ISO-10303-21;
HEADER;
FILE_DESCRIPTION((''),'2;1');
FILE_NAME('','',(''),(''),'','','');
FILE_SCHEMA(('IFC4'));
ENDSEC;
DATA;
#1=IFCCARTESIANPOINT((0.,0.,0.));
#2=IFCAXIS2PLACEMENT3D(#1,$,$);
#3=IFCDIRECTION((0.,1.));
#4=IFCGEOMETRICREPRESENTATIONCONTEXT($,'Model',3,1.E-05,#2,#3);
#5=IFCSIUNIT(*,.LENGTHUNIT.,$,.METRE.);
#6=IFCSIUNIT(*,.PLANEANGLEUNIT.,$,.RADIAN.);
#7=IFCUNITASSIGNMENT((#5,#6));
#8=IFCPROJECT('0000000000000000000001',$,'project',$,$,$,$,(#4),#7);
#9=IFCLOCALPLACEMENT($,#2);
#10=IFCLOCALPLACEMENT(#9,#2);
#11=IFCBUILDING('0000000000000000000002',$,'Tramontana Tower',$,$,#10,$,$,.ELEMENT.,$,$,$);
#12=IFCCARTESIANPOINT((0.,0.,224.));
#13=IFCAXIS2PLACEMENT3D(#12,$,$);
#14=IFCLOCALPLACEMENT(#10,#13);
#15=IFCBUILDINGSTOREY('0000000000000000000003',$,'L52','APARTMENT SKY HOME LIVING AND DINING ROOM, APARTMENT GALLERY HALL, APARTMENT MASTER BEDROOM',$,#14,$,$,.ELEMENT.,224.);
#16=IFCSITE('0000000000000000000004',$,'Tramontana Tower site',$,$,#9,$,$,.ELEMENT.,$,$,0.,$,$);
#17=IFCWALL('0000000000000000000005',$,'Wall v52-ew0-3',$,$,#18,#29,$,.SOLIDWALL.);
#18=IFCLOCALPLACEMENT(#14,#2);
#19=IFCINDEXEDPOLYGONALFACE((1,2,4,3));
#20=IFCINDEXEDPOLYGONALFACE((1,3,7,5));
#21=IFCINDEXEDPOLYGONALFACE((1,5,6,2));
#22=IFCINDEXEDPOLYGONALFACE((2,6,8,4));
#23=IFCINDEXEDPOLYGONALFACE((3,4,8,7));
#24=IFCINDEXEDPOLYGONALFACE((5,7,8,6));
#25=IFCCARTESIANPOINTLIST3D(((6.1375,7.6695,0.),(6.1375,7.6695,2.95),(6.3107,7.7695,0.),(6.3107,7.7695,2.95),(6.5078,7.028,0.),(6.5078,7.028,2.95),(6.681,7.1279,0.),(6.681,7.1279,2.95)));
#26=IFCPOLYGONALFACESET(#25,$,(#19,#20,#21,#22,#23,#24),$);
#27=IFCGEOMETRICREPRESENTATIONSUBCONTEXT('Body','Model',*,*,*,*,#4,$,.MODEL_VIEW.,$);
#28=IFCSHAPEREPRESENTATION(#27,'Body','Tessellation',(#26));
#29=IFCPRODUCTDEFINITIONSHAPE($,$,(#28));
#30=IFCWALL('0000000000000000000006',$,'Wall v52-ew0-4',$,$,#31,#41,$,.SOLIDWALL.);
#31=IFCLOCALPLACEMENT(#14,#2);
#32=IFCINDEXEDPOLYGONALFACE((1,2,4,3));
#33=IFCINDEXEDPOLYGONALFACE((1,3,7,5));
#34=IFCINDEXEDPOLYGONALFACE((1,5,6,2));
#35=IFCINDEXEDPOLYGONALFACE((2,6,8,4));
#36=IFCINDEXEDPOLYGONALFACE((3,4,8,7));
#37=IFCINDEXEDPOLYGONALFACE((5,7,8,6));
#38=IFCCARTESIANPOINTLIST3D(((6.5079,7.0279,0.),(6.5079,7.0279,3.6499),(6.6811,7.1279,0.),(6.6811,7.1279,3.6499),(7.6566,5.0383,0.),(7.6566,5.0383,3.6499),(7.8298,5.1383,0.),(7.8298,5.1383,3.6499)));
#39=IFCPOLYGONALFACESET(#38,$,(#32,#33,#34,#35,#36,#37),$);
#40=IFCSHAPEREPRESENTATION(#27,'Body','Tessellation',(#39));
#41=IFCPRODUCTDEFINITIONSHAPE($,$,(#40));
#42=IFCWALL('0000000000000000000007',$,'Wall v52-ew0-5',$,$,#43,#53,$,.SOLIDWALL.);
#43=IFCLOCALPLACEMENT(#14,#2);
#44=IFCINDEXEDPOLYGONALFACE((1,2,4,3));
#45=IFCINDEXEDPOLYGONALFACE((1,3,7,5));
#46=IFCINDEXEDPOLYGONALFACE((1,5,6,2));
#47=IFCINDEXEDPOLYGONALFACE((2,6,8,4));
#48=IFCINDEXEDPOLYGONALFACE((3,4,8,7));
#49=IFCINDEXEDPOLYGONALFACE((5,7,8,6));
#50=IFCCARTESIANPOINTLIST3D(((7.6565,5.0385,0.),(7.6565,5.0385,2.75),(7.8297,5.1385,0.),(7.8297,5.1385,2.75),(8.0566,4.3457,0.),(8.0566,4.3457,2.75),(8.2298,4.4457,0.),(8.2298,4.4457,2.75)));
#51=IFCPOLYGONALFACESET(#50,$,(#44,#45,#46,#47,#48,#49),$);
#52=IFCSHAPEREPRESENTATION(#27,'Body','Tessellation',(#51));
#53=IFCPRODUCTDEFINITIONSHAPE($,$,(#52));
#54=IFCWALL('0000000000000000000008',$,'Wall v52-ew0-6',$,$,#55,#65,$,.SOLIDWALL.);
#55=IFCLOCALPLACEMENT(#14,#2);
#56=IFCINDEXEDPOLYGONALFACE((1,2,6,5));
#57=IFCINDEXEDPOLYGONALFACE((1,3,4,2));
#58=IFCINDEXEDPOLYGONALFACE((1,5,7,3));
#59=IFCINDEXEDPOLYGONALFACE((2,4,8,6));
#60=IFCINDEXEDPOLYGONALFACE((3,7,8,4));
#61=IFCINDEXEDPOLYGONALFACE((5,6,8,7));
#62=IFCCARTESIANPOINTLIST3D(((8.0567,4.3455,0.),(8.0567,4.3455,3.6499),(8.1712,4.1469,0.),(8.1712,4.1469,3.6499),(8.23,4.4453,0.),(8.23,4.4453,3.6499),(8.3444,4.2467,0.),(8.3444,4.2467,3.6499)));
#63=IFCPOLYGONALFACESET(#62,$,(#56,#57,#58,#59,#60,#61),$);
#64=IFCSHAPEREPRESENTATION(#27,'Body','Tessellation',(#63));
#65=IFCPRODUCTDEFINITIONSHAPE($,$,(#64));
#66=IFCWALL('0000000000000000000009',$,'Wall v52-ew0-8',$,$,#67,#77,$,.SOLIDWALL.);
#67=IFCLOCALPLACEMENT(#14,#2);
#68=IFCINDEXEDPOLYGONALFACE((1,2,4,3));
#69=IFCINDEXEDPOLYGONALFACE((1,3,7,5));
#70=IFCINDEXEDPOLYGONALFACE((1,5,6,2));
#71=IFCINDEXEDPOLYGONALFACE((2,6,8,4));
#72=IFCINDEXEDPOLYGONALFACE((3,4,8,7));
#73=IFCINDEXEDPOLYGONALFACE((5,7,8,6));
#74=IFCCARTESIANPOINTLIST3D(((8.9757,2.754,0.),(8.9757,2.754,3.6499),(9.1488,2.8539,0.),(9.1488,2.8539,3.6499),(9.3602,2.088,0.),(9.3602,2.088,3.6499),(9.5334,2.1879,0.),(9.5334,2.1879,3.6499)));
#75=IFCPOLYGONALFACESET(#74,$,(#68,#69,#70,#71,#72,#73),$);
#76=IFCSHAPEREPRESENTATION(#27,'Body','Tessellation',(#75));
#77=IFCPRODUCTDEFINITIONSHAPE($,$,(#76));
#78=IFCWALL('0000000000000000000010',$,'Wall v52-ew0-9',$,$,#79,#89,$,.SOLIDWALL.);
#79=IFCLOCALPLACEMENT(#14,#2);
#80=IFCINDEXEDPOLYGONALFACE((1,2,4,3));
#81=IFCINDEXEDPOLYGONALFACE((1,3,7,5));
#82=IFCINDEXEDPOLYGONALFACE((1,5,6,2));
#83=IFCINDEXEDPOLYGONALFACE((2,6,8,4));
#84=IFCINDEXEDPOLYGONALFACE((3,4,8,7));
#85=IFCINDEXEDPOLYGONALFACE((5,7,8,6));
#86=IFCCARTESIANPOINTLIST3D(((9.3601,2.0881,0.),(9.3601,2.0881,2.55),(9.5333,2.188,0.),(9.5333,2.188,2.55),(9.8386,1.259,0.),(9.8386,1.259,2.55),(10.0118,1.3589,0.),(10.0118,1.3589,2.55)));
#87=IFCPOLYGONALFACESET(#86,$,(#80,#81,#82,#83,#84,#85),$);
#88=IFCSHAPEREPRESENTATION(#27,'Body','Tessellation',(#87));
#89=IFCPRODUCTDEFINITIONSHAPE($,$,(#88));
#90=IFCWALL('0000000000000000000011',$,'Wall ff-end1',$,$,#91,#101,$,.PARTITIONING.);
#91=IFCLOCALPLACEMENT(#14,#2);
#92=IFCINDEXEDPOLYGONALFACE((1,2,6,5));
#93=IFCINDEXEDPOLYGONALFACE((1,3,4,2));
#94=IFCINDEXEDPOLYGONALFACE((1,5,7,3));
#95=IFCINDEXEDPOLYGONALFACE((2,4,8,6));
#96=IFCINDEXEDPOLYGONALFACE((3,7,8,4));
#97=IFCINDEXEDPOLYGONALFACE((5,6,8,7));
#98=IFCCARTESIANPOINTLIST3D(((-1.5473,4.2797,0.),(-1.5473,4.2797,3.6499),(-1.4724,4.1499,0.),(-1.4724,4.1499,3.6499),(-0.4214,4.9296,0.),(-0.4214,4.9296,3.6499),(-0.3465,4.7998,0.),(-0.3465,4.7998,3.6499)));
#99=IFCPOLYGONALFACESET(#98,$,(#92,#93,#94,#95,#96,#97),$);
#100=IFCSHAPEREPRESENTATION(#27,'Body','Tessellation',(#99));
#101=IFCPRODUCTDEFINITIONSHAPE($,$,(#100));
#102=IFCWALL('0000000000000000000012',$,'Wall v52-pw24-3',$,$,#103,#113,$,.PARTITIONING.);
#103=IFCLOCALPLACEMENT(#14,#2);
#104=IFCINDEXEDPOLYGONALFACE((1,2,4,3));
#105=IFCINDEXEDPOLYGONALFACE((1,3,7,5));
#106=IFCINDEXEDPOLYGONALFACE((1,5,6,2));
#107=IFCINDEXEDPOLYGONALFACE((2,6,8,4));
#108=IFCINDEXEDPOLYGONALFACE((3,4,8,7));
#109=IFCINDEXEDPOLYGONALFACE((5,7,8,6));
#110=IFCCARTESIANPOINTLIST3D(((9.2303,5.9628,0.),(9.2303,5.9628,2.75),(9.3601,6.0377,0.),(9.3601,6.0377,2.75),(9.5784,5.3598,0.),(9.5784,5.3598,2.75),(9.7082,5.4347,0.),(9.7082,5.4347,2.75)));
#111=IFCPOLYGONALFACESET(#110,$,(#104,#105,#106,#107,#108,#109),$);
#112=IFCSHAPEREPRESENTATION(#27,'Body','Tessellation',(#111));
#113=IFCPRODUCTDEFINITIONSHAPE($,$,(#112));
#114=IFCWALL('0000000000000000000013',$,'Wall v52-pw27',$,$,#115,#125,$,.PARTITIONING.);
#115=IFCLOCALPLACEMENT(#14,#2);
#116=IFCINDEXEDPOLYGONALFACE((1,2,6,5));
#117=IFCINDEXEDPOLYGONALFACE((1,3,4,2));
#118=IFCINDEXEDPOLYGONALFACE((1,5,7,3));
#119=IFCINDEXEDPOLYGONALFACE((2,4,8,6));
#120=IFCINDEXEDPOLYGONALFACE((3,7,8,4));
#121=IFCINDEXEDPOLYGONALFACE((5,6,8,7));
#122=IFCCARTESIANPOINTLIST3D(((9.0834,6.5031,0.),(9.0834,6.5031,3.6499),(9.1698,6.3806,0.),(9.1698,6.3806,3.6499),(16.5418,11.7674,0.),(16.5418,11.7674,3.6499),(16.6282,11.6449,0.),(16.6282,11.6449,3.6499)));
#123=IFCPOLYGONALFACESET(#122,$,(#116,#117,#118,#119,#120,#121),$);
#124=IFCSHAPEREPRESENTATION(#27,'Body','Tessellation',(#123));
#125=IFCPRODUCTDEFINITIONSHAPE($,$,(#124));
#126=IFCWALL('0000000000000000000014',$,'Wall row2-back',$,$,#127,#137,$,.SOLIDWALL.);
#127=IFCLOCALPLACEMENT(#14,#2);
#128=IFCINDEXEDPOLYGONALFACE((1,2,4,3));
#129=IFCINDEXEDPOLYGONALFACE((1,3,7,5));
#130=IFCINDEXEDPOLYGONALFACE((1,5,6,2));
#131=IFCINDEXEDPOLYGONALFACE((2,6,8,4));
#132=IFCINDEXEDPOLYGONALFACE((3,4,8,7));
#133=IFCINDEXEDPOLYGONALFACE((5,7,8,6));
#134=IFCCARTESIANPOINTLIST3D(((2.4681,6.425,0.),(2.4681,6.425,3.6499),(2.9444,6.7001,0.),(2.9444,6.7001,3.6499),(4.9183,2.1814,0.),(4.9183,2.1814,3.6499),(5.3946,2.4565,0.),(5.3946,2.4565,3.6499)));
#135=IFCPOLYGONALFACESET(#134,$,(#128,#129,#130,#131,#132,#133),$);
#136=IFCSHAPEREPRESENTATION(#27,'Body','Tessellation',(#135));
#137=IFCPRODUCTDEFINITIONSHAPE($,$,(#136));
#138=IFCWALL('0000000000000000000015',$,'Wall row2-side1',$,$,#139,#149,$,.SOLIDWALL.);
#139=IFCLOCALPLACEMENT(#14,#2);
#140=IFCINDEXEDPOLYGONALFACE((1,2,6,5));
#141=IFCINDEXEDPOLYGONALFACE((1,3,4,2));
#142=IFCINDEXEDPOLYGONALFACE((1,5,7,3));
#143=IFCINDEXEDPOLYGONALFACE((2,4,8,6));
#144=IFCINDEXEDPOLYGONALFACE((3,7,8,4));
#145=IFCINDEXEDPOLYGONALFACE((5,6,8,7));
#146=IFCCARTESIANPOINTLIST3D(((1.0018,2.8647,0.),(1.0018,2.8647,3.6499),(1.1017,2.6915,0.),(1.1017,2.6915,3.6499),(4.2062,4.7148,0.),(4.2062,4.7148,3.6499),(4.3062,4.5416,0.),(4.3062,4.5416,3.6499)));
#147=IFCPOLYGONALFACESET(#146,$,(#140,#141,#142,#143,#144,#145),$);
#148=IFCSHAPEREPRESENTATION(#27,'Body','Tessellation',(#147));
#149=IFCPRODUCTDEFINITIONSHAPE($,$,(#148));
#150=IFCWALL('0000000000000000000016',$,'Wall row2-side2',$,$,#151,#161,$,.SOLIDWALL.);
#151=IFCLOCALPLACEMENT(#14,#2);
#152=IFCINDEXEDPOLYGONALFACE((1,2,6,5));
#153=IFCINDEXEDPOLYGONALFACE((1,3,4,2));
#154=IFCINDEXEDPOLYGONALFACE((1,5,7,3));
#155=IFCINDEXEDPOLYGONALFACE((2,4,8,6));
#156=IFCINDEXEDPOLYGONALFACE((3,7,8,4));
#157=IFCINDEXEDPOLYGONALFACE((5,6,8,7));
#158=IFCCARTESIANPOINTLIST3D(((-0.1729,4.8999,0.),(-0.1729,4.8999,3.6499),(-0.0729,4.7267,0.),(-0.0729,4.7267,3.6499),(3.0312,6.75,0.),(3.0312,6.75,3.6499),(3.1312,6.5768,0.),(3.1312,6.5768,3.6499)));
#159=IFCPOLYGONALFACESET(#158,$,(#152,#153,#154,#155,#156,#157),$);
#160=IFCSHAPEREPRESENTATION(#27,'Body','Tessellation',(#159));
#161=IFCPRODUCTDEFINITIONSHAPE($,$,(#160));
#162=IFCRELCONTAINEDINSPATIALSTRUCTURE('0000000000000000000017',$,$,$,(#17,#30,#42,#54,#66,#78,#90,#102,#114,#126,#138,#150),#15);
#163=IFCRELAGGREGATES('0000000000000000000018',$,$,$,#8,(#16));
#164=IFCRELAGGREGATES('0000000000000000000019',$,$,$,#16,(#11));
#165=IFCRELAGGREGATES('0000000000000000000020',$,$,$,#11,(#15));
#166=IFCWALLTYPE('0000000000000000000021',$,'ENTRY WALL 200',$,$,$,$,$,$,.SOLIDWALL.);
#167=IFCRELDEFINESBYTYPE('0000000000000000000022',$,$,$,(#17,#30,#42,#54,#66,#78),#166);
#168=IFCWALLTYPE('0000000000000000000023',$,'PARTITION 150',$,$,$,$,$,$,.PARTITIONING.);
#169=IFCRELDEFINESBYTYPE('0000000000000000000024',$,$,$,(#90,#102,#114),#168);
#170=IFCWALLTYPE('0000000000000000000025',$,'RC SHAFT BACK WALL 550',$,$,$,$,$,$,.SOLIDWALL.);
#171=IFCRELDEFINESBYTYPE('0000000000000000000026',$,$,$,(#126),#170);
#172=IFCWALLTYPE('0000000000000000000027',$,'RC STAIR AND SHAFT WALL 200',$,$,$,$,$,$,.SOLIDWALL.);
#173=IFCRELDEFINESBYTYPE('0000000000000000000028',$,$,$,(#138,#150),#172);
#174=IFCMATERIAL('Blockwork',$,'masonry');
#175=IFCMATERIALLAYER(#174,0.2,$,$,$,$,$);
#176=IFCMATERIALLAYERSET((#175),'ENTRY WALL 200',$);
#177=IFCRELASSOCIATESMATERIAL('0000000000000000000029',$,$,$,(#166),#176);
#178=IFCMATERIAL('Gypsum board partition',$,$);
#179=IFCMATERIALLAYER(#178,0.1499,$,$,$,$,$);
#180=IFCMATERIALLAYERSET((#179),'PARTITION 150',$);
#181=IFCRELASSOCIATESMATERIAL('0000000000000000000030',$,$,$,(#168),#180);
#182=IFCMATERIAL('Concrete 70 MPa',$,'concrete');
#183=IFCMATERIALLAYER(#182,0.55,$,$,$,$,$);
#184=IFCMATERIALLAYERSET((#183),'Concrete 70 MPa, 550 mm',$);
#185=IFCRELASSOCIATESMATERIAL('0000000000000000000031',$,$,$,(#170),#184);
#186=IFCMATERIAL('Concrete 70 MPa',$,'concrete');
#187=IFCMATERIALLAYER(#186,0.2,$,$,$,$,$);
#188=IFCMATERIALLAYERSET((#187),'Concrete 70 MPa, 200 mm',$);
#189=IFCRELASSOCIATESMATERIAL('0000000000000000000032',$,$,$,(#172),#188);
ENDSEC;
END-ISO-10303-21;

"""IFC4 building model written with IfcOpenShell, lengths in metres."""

from ifc_helpers import new_model, si_unit, direction, frame, frame_2d, origin, place, context, subcontext, project, spatial, rectangle, extrude, material, layer, layer_set, type_object, element, save


model = new_model("IFC4")

# Units and contexts
model_context = context("Model", 3, precision=1e-05, world=origin(), true_north=direction((0.0, 1.0)))
body_context = subcontext(model_context, "Body", "Model", "MODEL_VIEW")
ifc_project = project(units=[si_unit("LENGTHUNIT", "METRE"), si_unit("PLANEANGLEUNIT", "RADIAN")], contexts=[model_context])

# Site, building, storey
site_placement = place(None, origin())
site = spatial("IfcSite", under=ifc_project, at=site_placement, Name="Tramontana Tower site", CompositionType="ELEMENT", RefElevation=0.0)
building_placement = place(site_placement, origin())
building = spatial("IfcBuilding", under=site, at=building_placement, Name="Tramontana Tower", CompositionType="ELEMENT")
storey_placement = place(building_placement, frame((0.0, 0.0, 224.0)))
storey = spatial("IfcBuildingStorey", under=building, at=storey_placement, Name="L52", Description="APARTMENT SKY HOME LIVING AND DINING ROOM, APARTMENT GALLERY HALL, APARTMENT MASTER BEDROOM", CompositionType="ELEMENT", Elevation=224.0)

# Walls
ifc_material_1 = material(Name="Blockwork", Category="masonry")
ifc_layer_1 = layer(ifc_material_1, 0.2)
ifc_layer_set_1 = layer_set([ifc_layer_1], Name="ENTRY WALL 200")
wall_type_1 = type_object("IfcWallType", Name="ENTRY WALL 200", PredefinedType="SOLIDWALL", material=ifc_layer_set_1)
wall_1_placement = place(storey_placement, frame((6.2241, 7.7195, 0.0), z_axis=(0.0, 0.0, 1.0), x_axis=(0.499932, -0.866065, 0.0)))
element("IfcWall", 1, at=wall_1_placement, inside=storey, type_object=wall_type_1, Name="Wall v52-ew0-3", PredefinedType="SOLIDWALL", context=body_context, shape_type="SweptSolid", body=[
    extrude(rectangle(XDim=0.7407, YDim=0.2, at=frame_2d((0.3704, 0.0))), origin(), (0.0, 0.0, 1.0), 2.95),
])
wall_2_placement = place(storey_placement, frame((6.5945, 7.0779, 0.0), z_axis=(0.0, 0.0, 1.0), x_axis=(0.500014, -0.866017, 0.0)))
element("IfcWall", 2, at=wall_2_placement, inside=storey, type_object=wall_type_1, Name="Wall v52-ew0-4", PredefinedType="SOLIDWALL", context=body_context, shape_type="SweptSolid", body=[
    extrude(rectangle(XDim=2.2974, YDim=0.2, at=frame_2d((1.1487, 0.0))), origin(), (0.0, 0.0, 1.0), 3.6499),
])
wall_3_placement = place(storey_placement, frame((7.7432, 5.0884, 0.0), z_axis=(0.0, 0.0, 1.0), x_axis=(0.50011, -0.865962, 0.0)))
element("IfcWall", 3, at=wall_3_placement, inside=storey, type_object=wall_type_1, Name="Wall v52-ew0-5", PredefinedType="SOLIDWALL", context=body_context, shape_type="SweptSolid", body=[
    extrude(rectangle(XDim=0.8, YDim=0.2, at=frame_2d((0.3999, 0.0))), origin(), (0.0, 0.0, 1.0), 2.75),
])
wall_4_placement = place(storey_placement, frame((8.1433, 4.3955, 0.0), z_axis=(0.0, 0.0, 1.0), x_axis=(0.499231, -0.866469, 0.0)))
element("IfcWall", 4, at=wall_4_placement, inside=storey, type_object=wall_type_1, Name="Wall v52-ew0-6", PredefinedType="SOLIDWALL", context=body_context, shape_type="SweptSolid", body=[
    extrude(rectangle(XDim=0.2292, YDim=0.2, at=frame_2d((0.1147, 0.0))), origin(), (0.0, 0.0, 1.0), 3.6499),
])

# Walls
wall_5_placement = place(storey_placement, frame((9.0623, 2.804, 0.0), z_axis=(0.0, 0.0, 1.0), x_axis=(0.499997, -0.866027, 0.0)))
element("IfcWall", 5, at=wall_5_placement, inside=storey, type_object=wall_type_1, Name="Wall v52-ew0-8", PredefinedType="SOLIDWALL", context=body_context, shape_type="SweptSolid", body=[
    extrude(rectangle(XDim=0.769, YDim=0.2, at=frame_2d((0.3845, 0.0))), origin(), (0.0, 0.0, 1.0), 3.6499),
])
wall_6_placement = place(storey_placement, frame((9.4468, 2.1379, 0.0), z_axis=(0.0, 0.0, 1.0), x_axis=(0.49987, -0.866101, 0.0)))
element("IfcWall", 6, at=wall_6_placement, inside=storey, type_object=wall_type_1, Name="Wall v52-ew0-9", PredefinedType="SOLIDWALL", context=body_context, shape_type="SweptSolid", body=[
    extrude(rectangle(XDim=0.9573, YDim=0.2, at=frame_2d((0.4785, 0.0))), origin(), (0.0, 0.0, 1.0), 2.55),
])
ifc_material_2 = material(Name="Gypsum board partition")
ifc_layer_2 = layer(ifc_material_2, 0.1499)
ifc_layer_set_2 = layer_set([ifc_layer_2], Name="PARTITION 150")
wall_type_2 = type_object("IfcWallType", Name="PARTITION 150", PredefinedType="PARTITIONING", material=ifc_layer_set_2)
wall_7_placement = place(storey_placement, frame((-1.5098, 4.2148, 0.0), z_axis=(0.0, 0.0, 1.0), x_axis=(0.866086, 0.499896, 0.0)))
element("IfcWall", 7, at=wall_7_placement, inside=storey, type_object=wall_type_2, Name="Wall ff-end1", PredefinedType="PARTITIONING", context=body_context, shape_type="SweptSolid", body=[
    extrude(rectangle(XDim=1.3, YDim=0.1499, at=frame_2d((0.6499, 0.0))), origin(), (0.0, 0.0, 1.0), 3.6499),
])
wall_8_placement = place(storey_placement, frame((9.2952, 6.0002, 0.0), z_axis=(0.0, 0.0, 1.0), x_axis=(0.499985, -0.866034, 0.0)))
element("IfcWall", 8, at=wall_8_placement, inside=storey, type_object=wall_type_2, Name="Wall v52-pw24-3", PredefinedType="PARTITIONING", context=body_context, shape_type="SweptSolid", body=[
    extrude(rectangle(XDim=0.6963, YDim=0.1499, at=frame_2d((0.3481, 0.0))), origin(), (0.0, 0.0, 1.0), 2.75),
])
wall_9_placement = place(storey_placement, frame((9.1267, 6.4419, 0.0), z_axis=(0.0, 0.0, 1.0), x_axis=(0.816989, 0.576653, 0.0)))
element("IfcWall", 9, at=wall_9_placement, inside=storey, type_object=wall_type_2, Name="Wall v52-pw27", PredefinedType="PARTITIONING", context=body_context, shape_type="SweptSolid", body=[
    extrude(rectangle(XDim=9.1292, YDim=0.1499, at=frame_2d((4.5645, 0.0))), origin(), (0.0, 0.0, 1.0), 3.6499),
])
ifc_material_3 = material(Name="Concrete 70 MPa", Category="concrete")
ifc_layer_3 = layer(ifc_material_3, 0.55)
ifc_layer_set_3 = layer_set([ifc_layer_3], Name="Concrete 70 MPa, 550 mm")
wall_type_3 = type_object("IfcWallType", Name="RC SHAFT BACK WALL 550", PredefinedType="SOLIDWALL", material=ifc_layer_set_3)
wall_10_placement = place(storey_placement, frame((5.1565, 2.3188, 0.0), z_axis=(0.0, 0.0, 1.0), x_axis=(-0.500019, 0.866015, 0.0)))
element("IfcWall", 10, at=wall_10_placement, inside=storey, type_object=wall_type_3, Name="Wall row2-back", PredefinedType="SOLIDWALL", context=body_context, shape_type="SweptSolid", body=[
    extrude(rectangle(XDim=4.9001, YDim=0.55, at=frame_2d((2.4502, 0.0))), origin(), (0.0, 0.0, 1.0), 3.6499),
])

# Shared definitions
ifc_material_4 = material(Name="Concrete 70 MPa", Category="concrete")
ifc_layer_4 = layer(ifc_material_4, 0.2)
ifc_layer_set_4 = layer_set([ifc_layer_4], Name="Concrete 70 MPa, 200 mm")
wall_type_4 = type_object("IfcWallType", Name="RC STAIR AND SHAFT WALL 200", PredefinedType="SOLIDWALL", material=ifc_layer_set_4)

# Walls
wall_11_placement = place(storey_placement, frame((1.0518, 2.7781, 0.0), z_axis=(0.0, 0.0, 1.0), x_axis=(0.866017, 0.500014, 0.0)))
element("IfcWall", 11, at=wall_11_placement, inside=storey, type_object=wall_type_4, Name="Wall row2-side1", PredefinedType="SOLIDWALL", context=body_context, shape_type="SweptSolid", body=[
    extrude(rectangle(XDim=3.7002, YDim=0.2, at=frame_2d((1.8501, 0.0))), origin(), (0.0, 0.0, 1.0), 3.6499),
])
wall_12_placement = place(storey_placement, frame((-0.123, 4.8132, 0.0), z_axis=(0.0, 0.0, 1.0), x_axis=(0.866001, 0.500042, 0.0)))
element("IfcWall", 12, at=wall_12_placement, inside=storey, type_object=wall_type_4, Name="Wall row2-side2", PredefinedType="SOLIDWALL", context=body_context, shape_type="SweptSolid", body=[
    extrude(rectangle(XDim=3.7, YDim=0.2, at=frame_2d((1.8501, 0.0))), origin(), (0.0, 0.0, 1.0), 3.6499),
])

save(model, "model.ifc")
